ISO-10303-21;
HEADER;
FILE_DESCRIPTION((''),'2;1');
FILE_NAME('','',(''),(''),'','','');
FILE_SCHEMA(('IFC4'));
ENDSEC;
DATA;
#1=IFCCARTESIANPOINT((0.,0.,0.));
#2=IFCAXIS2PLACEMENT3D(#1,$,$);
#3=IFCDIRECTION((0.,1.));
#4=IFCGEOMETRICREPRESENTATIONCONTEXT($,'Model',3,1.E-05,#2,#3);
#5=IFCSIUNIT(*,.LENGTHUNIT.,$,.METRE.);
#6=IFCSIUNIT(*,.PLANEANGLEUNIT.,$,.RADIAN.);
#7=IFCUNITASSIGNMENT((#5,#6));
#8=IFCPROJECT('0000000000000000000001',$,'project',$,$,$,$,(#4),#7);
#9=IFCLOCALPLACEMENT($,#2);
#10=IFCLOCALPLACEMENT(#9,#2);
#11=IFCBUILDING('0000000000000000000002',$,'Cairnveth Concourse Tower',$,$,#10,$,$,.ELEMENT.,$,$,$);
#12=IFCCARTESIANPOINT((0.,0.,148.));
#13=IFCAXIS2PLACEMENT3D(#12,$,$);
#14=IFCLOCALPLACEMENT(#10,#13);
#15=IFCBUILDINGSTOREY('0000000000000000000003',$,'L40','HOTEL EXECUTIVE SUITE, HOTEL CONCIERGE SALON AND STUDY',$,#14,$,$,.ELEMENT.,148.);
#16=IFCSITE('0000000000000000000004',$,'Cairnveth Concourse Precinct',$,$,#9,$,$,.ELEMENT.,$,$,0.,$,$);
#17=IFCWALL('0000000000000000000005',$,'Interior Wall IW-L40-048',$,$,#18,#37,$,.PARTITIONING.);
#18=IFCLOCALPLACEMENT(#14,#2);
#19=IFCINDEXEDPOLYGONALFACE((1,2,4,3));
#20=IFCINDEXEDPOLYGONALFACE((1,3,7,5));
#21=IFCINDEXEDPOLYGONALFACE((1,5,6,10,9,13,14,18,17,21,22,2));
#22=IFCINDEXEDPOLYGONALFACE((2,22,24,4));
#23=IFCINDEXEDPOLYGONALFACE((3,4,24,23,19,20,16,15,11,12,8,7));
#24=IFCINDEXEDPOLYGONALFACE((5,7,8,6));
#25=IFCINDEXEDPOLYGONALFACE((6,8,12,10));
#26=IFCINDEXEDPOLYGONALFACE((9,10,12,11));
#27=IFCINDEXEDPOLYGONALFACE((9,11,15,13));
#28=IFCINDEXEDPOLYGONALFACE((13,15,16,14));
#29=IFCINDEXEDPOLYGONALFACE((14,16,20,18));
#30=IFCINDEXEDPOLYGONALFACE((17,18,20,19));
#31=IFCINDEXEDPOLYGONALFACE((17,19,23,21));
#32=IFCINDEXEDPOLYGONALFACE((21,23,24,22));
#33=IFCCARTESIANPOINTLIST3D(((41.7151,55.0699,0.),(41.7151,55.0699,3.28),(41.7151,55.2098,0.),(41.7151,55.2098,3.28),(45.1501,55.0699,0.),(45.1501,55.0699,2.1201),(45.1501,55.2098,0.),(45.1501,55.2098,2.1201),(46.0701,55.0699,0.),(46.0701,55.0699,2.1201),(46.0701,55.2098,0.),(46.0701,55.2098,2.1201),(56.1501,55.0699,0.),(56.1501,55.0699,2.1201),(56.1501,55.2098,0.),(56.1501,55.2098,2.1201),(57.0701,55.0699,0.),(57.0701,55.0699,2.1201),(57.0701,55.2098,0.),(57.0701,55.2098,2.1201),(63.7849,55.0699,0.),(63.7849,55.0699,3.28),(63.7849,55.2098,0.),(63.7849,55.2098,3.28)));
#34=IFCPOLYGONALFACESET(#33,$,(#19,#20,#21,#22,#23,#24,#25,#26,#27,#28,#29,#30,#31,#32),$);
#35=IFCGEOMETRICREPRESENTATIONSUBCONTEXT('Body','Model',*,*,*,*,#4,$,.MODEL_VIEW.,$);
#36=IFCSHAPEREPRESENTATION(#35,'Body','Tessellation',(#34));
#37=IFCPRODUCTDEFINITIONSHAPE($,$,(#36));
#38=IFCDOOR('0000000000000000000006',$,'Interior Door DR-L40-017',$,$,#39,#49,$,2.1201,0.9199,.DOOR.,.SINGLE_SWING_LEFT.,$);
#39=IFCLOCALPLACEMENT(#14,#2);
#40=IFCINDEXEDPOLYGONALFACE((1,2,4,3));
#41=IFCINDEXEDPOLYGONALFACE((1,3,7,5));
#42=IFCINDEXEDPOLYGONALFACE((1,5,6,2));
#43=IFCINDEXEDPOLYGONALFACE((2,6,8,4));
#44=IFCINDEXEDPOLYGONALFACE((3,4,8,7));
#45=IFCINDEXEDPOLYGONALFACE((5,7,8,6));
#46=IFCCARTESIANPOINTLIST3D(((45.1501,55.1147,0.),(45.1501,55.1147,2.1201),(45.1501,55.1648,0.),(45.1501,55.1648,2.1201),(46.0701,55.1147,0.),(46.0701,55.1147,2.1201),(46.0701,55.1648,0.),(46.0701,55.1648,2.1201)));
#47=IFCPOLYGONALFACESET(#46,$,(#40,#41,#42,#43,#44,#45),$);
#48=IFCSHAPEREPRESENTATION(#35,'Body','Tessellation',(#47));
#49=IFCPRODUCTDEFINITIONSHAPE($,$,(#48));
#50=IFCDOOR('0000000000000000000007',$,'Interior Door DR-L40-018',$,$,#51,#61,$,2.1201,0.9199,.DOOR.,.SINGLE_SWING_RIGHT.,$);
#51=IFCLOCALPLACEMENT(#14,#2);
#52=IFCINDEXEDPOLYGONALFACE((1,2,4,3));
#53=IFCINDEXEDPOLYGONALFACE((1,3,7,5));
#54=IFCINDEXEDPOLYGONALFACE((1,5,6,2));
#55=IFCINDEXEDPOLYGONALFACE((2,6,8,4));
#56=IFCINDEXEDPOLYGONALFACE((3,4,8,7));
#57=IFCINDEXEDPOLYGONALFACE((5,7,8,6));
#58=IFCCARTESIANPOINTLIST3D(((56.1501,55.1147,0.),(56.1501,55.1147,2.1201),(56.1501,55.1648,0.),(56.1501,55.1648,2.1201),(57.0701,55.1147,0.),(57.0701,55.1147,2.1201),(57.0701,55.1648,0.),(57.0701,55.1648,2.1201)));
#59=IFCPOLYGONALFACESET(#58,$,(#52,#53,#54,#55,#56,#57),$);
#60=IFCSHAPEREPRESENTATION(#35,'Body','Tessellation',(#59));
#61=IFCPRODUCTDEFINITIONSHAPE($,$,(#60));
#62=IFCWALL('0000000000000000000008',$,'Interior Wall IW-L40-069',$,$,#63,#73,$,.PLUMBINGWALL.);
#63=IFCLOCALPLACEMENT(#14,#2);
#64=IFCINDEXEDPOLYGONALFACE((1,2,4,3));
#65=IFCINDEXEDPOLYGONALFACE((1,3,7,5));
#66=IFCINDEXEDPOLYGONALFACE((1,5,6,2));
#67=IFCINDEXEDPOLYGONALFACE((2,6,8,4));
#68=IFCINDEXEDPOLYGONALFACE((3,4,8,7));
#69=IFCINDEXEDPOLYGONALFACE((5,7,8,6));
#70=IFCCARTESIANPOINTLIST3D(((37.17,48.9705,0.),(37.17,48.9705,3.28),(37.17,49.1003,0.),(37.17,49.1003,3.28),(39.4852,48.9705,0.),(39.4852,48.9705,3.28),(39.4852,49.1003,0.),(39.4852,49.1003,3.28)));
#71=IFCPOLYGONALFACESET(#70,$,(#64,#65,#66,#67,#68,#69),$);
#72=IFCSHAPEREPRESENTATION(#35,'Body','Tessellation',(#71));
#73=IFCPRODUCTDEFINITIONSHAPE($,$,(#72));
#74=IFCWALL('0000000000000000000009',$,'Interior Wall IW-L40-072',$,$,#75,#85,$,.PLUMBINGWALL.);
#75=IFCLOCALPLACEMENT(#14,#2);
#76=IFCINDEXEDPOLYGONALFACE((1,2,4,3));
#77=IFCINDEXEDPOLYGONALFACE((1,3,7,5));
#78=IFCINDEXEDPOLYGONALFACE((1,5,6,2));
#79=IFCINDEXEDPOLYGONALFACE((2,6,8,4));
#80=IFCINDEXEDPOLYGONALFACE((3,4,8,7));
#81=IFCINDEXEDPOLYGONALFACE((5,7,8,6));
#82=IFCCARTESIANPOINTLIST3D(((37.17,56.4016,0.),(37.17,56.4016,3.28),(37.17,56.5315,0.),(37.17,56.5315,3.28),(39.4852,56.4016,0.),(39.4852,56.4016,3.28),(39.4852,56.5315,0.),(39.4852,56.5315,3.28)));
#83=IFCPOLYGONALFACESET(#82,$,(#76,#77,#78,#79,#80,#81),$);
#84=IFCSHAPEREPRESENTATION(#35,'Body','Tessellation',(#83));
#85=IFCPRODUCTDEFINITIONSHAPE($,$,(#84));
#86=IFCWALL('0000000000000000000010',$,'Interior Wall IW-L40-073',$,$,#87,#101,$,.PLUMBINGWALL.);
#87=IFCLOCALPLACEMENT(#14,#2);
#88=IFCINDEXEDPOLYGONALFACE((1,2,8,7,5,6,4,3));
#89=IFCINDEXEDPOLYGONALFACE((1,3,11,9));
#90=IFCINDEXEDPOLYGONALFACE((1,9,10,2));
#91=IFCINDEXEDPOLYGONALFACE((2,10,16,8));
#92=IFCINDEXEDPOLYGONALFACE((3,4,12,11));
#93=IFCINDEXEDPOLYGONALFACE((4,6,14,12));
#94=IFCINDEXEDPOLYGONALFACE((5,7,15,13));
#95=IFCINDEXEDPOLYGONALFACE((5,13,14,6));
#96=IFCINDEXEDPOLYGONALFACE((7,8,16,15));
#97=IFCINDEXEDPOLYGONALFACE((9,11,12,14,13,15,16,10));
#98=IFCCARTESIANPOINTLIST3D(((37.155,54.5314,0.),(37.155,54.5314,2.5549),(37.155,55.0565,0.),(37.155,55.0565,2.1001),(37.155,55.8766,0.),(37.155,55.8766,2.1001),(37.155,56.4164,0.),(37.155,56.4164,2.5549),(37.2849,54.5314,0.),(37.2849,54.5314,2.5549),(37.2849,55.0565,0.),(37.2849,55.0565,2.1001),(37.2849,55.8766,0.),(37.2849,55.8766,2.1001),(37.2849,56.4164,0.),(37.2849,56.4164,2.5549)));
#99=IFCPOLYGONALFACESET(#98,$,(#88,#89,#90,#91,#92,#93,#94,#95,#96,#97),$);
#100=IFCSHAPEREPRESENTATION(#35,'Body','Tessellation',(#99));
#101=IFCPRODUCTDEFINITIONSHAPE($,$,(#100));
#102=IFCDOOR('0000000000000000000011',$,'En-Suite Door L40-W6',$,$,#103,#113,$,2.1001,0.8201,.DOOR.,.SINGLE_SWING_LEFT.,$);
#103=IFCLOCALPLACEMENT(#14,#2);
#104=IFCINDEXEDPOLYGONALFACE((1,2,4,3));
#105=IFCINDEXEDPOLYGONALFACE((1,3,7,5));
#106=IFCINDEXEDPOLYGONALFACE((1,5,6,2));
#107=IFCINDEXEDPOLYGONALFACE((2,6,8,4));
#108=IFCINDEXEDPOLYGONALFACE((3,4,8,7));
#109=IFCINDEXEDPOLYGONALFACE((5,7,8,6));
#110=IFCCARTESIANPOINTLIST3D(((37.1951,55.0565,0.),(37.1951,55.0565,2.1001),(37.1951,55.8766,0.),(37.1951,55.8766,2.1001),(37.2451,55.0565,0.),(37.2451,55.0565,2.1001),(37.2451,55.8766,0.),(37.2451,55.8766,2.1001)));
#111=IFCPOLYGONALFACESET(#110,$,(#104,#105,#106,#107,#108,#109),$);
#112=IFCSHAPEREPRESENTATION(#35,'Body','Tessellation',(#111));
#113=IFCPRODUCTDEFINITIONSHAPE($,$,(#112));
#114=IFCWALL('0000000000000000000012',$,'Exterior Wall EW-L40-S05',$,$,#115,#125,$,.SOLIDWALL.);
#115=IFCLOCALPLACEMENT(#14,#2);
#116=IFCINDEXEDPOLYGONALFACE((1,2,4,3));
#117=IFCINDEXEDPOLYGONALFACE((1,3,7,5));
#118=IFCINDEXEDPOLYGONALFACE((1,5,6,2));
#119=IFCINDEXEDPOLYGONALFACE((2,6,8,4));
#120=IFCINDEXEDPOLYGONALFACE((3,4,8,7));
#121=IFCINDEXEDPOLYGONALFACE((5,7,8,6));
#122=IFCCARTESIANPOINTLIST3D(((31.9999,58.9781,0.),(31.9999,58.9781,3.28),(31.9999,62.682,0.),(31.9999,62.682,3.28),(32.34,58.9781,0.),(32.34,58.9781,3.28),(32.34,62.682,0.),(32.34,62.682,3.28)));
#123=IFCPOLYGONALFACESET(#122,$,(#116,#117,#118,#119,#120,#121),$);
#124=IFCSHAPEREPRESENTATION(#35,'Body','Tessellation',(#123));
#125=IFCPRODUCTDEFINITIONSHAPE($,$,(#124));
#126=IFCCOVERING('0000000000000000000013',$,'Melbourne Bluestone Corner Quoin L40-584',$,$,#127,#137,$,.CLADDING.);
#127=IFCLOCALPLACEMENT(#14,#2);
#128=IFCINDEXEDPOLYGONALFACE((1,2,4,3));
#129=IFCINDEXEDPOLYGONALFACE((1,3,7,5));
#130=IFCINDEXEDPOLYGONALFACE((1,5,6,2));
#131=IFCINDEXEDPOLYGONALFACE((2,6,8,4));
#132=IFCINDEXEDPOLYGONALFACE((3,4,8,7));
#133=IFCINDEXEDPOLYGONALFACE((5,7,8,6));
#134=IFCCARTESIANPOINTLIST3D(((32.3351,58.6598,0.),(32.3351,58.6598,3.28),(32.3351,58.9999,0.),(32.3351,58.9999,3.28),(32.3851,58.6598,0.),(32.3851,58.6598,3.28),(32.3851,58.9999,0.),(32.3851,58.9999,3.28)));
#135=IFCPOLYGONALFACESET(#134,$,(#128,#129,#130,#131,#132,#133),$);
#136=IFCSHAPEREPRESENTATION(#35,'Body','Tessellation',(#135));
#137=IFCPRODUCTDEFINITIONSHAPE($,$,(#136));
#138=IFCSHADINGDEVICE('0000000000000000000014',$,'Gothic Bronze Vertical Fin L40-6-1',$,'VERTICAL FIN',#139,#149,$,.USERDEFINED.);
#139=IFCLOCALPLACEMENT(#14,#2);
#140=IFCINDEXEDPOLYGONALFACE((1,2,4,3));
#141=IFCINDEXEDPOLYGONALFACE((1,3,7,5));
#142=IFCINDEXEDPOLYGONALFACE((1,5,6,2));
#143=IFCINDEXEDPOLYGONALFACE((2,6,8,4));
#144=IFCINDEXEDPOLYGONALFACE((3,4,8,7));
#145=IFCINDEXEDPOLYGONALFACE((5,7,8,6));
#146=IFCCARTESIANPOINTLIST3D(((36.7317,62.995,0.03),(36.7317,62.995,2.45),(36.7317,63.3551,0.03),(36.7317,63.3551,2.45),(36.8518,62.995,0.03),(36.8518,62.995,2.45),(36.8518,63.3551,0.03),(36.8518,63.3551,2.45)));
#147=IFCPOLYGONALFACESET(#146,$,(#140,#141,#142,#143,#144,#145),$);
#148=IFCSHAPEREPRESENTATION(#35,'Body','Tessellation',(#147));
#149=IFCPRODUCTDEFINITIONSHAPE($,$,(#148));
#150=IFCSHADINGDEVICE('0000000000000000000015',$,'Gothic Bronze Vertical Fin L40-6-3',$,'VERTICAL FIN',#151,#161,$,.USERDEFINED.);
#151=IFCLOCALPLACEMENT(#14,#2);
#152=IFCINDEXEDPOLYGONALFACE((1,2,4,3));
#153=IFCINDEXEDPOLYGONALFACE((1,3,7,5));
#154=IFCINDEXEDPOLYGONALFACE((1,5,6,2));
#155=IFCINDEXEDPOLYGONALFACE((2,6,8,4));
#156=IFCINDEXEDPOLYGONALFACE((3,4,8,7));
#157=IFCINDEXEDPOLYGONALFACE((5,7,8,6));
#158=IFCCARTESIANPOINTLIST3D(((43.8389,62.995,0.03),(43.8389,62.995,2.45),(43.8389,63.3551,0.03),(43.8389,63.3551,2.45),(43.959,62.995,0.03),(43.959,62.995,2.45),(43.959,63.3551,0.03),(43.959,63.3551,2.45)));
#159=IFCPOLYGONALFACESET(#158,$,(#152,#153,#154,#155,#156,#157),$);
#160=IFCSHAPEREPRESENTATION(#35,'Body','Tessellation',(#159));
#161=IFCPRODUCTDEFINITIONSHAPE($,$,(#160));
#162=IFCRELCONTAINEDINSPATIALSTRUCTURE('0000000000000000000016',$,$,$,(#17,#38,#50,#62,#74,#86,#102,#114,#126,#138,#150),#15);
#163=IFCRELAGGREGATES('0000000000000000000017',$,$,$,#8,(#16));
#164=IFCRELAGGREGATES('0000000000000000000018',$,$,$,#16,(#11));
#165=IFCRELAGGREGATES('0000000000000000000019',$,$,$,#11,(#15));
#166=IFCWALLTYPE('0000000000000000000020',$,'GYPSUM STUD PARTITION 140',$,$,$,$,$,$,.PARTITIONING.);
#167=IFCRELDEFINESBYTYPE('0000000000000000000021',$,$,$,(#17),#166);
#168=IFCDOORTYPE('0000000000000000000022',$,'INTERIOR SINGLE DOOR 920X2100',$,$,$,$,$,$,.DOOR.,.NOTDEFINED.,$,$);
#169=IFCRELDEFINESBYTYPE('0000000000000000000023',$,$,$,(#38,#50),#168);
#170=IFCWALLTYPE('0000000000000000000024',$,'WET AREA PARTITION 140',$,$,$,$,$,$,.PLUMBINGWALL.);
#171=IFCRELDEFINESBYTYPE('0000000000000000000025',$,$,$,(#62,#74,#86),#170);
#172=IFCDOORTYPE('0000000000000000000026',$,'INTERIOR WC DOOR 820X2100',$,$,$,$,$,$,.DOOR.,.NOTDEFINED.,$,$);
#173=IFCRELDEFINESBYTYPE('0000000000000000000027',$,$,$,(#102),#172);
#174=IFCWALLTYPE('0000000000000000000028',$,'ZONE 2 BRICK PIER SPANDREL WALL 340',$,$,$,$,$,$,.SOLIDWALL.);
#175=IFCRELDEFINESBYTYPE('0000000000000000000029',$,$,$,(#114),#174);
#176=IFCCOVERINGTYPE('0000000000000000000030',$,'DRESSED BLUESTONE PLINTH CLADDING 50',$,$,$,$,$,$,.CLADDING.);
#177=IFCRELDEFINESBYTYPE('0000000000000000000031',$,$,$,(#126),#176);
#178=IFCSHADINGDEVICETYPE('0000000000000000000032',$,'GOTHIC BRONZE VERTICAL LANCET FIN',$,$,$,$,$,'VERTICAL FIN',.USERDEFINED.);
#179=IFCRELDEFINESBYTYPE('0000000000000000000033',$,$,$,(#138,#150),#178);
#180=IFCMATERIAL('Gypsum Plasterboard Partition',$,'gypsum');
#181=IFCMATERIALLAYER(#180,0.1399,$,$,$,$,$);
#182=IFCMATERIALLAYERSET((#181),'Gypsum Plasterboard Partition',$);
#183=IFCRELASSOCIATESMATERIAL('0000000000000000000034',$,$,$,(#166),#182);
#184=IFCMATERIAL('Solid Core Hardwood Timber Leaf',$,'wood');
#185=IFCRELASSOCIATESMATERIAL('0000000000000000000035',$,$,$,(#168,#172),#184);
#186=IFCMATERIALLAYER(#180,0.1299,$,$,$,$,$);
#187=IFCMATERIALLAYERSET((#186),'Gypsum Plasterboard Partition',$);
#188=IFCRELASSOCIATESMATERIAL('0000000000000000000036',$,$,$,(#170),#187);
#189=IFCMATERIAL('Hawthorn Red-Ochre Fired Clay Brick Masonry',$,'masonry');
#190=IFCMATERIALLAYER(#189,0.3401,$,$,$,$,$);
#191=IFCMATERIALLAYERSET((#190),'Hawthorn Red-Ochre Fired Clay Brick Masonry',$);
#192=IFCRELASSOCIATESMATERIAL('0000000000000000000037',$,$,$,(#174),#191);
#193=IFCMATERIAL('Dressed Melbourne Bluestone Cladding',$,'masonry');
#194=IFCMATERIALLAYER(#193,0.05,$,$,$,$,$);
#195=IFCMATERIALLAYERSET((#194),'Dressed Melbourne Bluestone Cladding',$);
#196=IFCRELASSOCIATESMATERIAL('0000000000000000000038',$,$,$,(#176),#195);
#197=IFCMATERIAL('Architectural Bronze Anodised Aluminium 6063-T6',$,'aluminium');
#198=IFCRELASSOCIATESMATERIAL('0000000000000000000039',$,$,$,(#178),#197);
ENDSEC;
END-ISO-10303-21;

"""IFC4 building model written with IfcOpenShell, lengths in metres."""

from ifc_helpers import new_model, si_unit, direction, frame, frame_2d, origin, origin_2d, place, context, subcontext, project, spatial, rectangle, extrude, material, layer, layer_set, type_object, element, fill, save


model = new_model("IFC4")

# Units and contexts
model_context = context("Model", 3, precision=1e-05, world=origin(), true_north=direction((0.0, 1.0)))
body_context = subcontext(model_context, "Body", "Model", "MODEL_VIEW")
ifc_project = project(units=[si_unit("LENGTHUNIT", "METRE"), si_unit("PLANEANGLEUNIT", "RADIAN")], contexts=[model_context])

# Site, building, storey
site_placement = place(None, origin())
site = spatial("IfcSite", under=ifc_project, at=site_placement, Name="Cairnveth Concourse Precinct", CompositionType="ELEMENT", RefElevation=0.0)
building_placement = place(site_placement, origin())
building = spatial("IfcBuilding", under=site, at=building_placement, Name="Cairnveth Concourse Tower", CompositionType="ELEMENT")
storey_placement = place(building_placement, frame((0.0, 0.0, 148.0)))
storey = spatial("IfcBuildingStorey", under=building, at=storey_placement, Name="L40", Description="HOTEL EXECUTIVE SUITE, HOTEL CONCIERGE SALON AND STUDY", CompositionType="ELEMENT", Elevation=148.0)

# Shared definitions
ifc_material_1 = material(Name="Gypsum Plasterboard Partition", Category="gypsum")
ifc_material_2 = material(Name="Solid Core Hardwood Timber Leaf", Category="wood")

# Wall, openings, doors
ifc_layer_1 = layer(ifc_material_1, 0.1399)
ifc_layer_set_1 = layer_set([ifc_layer_1], Name="Gypsum Plasterboard Partition")
wall_type_1 = type_object("IfcWallType", Name="GYPSUM STUD PARTITION 140", PredefinedType="PARTITIONING", material=ifc_layer_set_1)
wall_1_placement = place(storey_placement, frame((41.7151, 55.1399, 0.0), z_axis=(0.0, 0.0, 1.0), x_axis=(1.0, 0.0, 0.0)))
wall_1 = element("IfcWall", 1, at=wall_1_placement, inside=storey, type_object=wall_type_1, Name="Interior Wall IW-L40-048", PredefinedType="PARTITIONING", context=body_context, shape_type="SweptSolid", body=[
    extrude(rectangle(XDim=22.0698, YDim=0.1399, at=frame_2d((11.0349, 0.0))), origin(), (0.0, 0.0, 1.0), 3.28),
])
opening_1_placement = place(wall_1_placement, frame((3.4351, 0.0, 0.0)))
opening_1 = element("IfcOpeningElement", 2, at=opening_1_placement, cuts=wall_1, PredefinedType="OPENING", context=body_context, shape_type="SweptSolid", body=[
    extrude(rectangle(XDim=0.9199, YDim=2.1201, at=frame_2d((0.46, 1.0601))), frame((0.0, 0.0798, 0.0), z_axis=(0.0, -1.0, 0.0), x_axis=(1.0, 0.0, 0.0)), (0.0, 0.0, 1.0), 0.1599),
])
opening_2_placement = place(wall_1_placement, frame((14.4351, 0.0, 0.0)))
opening_2 = element("IfcOpeningElement", 3, at=opening_2_placement, cuts=wall_1, PredefinedType="OPENING", context=body_context, shape_type="SweptSolid", body=[
    extrude(rectangle(XDim=0.9199, YDim=2.1201, at=frame_2d((0.46, 1.0601))), frame((0.0, 0.0798, 0.0), z_axis=(0.0, -1.0, 0.0), x_axis=(1.0, 0.0, 0.0)), (0.0, 0.0, 1.0), 0.1599),
])
door_type_1 = type_object("IfcDoorType", Name="INTERIOR SINGLE DOOR 920X2100", OperationType="NOTDEFINED", PredefinedType="DOOR", material=ifc_material_2)
door_1_placement = place(opening_1_placement, origin())
door_1 = element("IfcDoor", 4, at=door_1_placement, inside=storey, type_object=door_type_1, Name="Interior Door DR-L40-017", OperationType="SINGLE_SWING_LEFT", OverallHeight=2.1201, OverallWidth=0.9199, PredefinedType="DOOR", context=body_context, shape_type="SweptSolid", body=[
    extrude(rectangle(XDim=0.9199, YDim=2.1201, at=frame_2d((0.46, 1.0601))), frame((0.0, 0.0249, 0.0), z_axis=(0.0, -1.0, 0.0), x_axis=(1.0, 0.0, 0.0)), (0.0, 0.0, 1.0), 0.05),
])
fill(opening_1, door_1)
door_2_placement = place(opening_2_placement, origin())
door_2 = element("IfcDoor", 5, at=door_2_placement, inside=storey, type_object=door_type_1, Name="Interior Door DR-L40-018", OperationType="SINGLE_SWING_RIGHT", OverallHeight=2.1201, OverallWidth=0.9199, PredefinedType="DOOR", context=body_context, shape_type="SweptSolid", body=[
    extrude(rectangle(XDim=0.9199, YDim=2.1201, at=frame_2d((0.46, 1.0601))), frame((0.0, 0.0249, 0.0), z_axis=(0.0, -1.0, 0.0), x_axis=(1.0, 0.0, 0.0)), (0.0, 0.0, 1.0), 0.05),
])
fill(opening_2, door_2)

# Walls
ifc_layer_2 = layer(ifc_material_1, 0.1299)
ifc_layer_set_2 = layer_set([ifc_layer_2], Name="Gypsum Plasterboard Partition")
wall_type_2 = type_object("IfcWallType", Name="WET AREA PARTITION 140", PredefinedType="PLUMBINGWALL", material=ifc_layer_set_2)
for number, where, z_axis, x_axis, name in (
    (6, (37.1699, 49.0354, 0.0), (0.0, 0.0, 1.0), (1.0, 0.0, 0.0), "Interior Wall IW-L40-069"),
    (7, (37.1699, 56.4666, 0.0), (0.0, 0.0, 1.0), (1.0, 0.0, 0.0), "Interior Wall IW-L40-072"),
):
    element("IfcWall", number, at=place(storey_placement, frame(where, z_axis=z_axis, x_axis=x_axis)), inside=storey, type_object=wall_type_2, Name=name, PredefinedType="PLUMBINGWALL", context=body_context, shape_type="SweptSolid", body=[
        extrude(rectangle(XDim=2.3152, YDim=0.1299, at=frame_2d((1.1577, 0.0))), origin(), (0.0, 0.0, 1.0), 3.28),
    ])

# Wall, opening, door
wall_2_placement = place(storey_placement, frame((37.22, 54.5315, 0.0), z_axis=(0.0, 0.0, 1.0), x_axis=(0.0, 1.0, 0.0)))
wall_2 = element("IfcWall", 8, at=wall_2_placement, inside=storey, type_object=wall_type_2, Name="Interior Wall IW-L40-073", PredefinedType="PLUMBINGWALL", context=body_context, shape_type="SweptSolid", body=[
    extrude(rectangle(XDim=1.885, YDim=0.1299, at=frame_2d((0.9424, 0.0))), origin(), (0.0, 0.0, 1.0), 2.5549),
])
opening_3_placement = place(wall_2_placement, frame((0.5249, 0.0, 0.0)))
opening_3 = element("IfcOpeningElement", 9, at=opening_3_placement, cuts=wall_2, PredefinedType="OPENING", context=body_context, shape_type="SweptSolid", body=[
    extrude(rectangle(XDim=0.8201, YDim=2.1001, at=frame_2d((0.4102, 1.05))), frame((0.0, 0.075, 0.0), z_axis=(0.0, -1.0, 0.0), x_axis=(1.0, 0.0, 0.0)), (0.0, 0.0, 1.0), 0.1499),
])
door_type_2 = type_object("IfcDoorType", Name="INTERIOR WC DOOR 820X2100", OperationType="NOTDEFINED", PredefinedType="DOOR", material=ifc_material_2)
door_3_placement = place(opening_3_placement, origin())
door_3 = element("IfcDoor", 10, at=door_3_placement, inside=storey, type_object=door_type_2, Name="En-Suite Door L40-W6", OperationType="SINGLE_SWING_LEFT", OverallHeight=2.1001, OverallWidth=0.8201, PredefinedType="DOOR", context=body_context, shape_type="SweptSolid", body=[
    extrude(rectangle(XDim=0.8201, YDim=2.1001, at=frame_2d((0.4102, 1.05))), frame((0.0, 0.0249, 0.0), z_axis=(0.0, -1.0, 0.0), x_axis=(1.0, 0.0, 0.0)), (0.0, 0.0, 1.0), 0.05),
])
fill(opening_3, door_3)

# Wall
ifc_material_3 = material(Name="Hawthorn Red-Ochre Fired Clay Brick Masonry", Category="masonry")
ifc_layer_3 = layer(ifc_material_3, 0.3401)
ifc_layer_set_3 = layer_set([ifc_layer_3], Name="Hawthorn Red-Ochre Fired Clay Brick Masonry")
wall_type_3 = type_object("IfcWallType", Name="ZONE 2 BRICK PIER SPANDREL WALL 340", PredefinedType="SOLIDWALL", material=ifc_layer_set_3)
wall_3_placement = place(storey_placement, frame((32.1699, 58.978, 0.0), z_axis=(0.0, 0.0, 1.0), x_axis=(0.0, 1.0, 0.0)))
element("IfcWall", 11, at=wall_3_placement, inside=storey, type_object=wall_type_3, Name="Exterior Wall EW-L40-S05", PredefinedType="SOLIDWALL", context=body_context, shape_type="SweptSolid", body=[
    extrude(rectangle(XDim=3.7039, YDim=0.3401, at=frame_2d((1.8521, 0.0))), origin(), (0.0, 0.0, 1.0), 3.28),
])

# Covering
ifc_material_4 = material(Name="Dressed Melbourne Bluestone Cladding", Category="masonry")
ifc_layer_4 = layer(ifc_material_4, 0.05)
ifc_layer_set_4 = layer_set([ifc_layer_4], Name="Dressed Melbourne Bluestone Cladding")
covering_type = type_object("IfcCoveringType", Name="DRESSED BLUESTONE PLINTH CLADDING 50", PredefinedType="CLADDING", material=ifc_layer_set_4)
covering_placement = place(storey_placement, frame((32.3601, 58.6599, 0.0), z_axis=(0.0, 0.0, 1.0), x_axis=(0.0, 1.0, 0.0)))
element("IfcCovering", 12, at=covering_placement, inside=storey, type_object=covering_type, Name="Melbourne Bluestone Corner Quoin L40-584", PredefinedType="CLADDING", context=body_context, shape_type="SweptSolid", body=[
    extrude(rectangle(XDim=0.3401, YDim=0.05, at=frame_2d((0.1699, 0.0))), origin(), (0.0, 0.0, 1.0), 3.28),
])

# Shading devices
ifc_material_5 = material(Name="Architectural Bronze Anodised Aluminium 6063-T6", Category="aluminium")
shading_device_type = type_object("IfcShadingDeviceType", Name="GOTHIC BRONZE VERTICAL LANCET FIN", ElementType="VERTICAL FIN", PredefinedType="USERDEFINED", material=ifc_material_5)
for number, where, z_axis, x_axis, name in (
    (13, (36.7917, 63.175, 0.03), (0.0, 0.0, 1.0), (1.0, 0.0, 0.0), "Gothic Bronze Vertical Fin L40-6-1"),
    (14, (43.8989, 63.175, 0.03), (0.0, 0.0, 1.0), (1.0, 0.0, 0.0), "Gothic Bronze Vertical Fin L40-6-3"),
):
    element("IfcShadingDevice", number, at=place(storey_placement, frame(where, z_axis=z_axis, x_axis=x_axis)), inside=storey, type_object=shading_device_type, Name=name, ObjectType="VERTICAL FIN", PredefinedType="USERDEFINED", context=body_context, shape_type="SweptSolid", body=[
        extrude(rectangle(XDim=0.1201, YDim=0.3601, at=origin_2d()), origin(), (0.0, 0.0, 1.0), 2.4199),
    ])

save(model, "model.ifc")
